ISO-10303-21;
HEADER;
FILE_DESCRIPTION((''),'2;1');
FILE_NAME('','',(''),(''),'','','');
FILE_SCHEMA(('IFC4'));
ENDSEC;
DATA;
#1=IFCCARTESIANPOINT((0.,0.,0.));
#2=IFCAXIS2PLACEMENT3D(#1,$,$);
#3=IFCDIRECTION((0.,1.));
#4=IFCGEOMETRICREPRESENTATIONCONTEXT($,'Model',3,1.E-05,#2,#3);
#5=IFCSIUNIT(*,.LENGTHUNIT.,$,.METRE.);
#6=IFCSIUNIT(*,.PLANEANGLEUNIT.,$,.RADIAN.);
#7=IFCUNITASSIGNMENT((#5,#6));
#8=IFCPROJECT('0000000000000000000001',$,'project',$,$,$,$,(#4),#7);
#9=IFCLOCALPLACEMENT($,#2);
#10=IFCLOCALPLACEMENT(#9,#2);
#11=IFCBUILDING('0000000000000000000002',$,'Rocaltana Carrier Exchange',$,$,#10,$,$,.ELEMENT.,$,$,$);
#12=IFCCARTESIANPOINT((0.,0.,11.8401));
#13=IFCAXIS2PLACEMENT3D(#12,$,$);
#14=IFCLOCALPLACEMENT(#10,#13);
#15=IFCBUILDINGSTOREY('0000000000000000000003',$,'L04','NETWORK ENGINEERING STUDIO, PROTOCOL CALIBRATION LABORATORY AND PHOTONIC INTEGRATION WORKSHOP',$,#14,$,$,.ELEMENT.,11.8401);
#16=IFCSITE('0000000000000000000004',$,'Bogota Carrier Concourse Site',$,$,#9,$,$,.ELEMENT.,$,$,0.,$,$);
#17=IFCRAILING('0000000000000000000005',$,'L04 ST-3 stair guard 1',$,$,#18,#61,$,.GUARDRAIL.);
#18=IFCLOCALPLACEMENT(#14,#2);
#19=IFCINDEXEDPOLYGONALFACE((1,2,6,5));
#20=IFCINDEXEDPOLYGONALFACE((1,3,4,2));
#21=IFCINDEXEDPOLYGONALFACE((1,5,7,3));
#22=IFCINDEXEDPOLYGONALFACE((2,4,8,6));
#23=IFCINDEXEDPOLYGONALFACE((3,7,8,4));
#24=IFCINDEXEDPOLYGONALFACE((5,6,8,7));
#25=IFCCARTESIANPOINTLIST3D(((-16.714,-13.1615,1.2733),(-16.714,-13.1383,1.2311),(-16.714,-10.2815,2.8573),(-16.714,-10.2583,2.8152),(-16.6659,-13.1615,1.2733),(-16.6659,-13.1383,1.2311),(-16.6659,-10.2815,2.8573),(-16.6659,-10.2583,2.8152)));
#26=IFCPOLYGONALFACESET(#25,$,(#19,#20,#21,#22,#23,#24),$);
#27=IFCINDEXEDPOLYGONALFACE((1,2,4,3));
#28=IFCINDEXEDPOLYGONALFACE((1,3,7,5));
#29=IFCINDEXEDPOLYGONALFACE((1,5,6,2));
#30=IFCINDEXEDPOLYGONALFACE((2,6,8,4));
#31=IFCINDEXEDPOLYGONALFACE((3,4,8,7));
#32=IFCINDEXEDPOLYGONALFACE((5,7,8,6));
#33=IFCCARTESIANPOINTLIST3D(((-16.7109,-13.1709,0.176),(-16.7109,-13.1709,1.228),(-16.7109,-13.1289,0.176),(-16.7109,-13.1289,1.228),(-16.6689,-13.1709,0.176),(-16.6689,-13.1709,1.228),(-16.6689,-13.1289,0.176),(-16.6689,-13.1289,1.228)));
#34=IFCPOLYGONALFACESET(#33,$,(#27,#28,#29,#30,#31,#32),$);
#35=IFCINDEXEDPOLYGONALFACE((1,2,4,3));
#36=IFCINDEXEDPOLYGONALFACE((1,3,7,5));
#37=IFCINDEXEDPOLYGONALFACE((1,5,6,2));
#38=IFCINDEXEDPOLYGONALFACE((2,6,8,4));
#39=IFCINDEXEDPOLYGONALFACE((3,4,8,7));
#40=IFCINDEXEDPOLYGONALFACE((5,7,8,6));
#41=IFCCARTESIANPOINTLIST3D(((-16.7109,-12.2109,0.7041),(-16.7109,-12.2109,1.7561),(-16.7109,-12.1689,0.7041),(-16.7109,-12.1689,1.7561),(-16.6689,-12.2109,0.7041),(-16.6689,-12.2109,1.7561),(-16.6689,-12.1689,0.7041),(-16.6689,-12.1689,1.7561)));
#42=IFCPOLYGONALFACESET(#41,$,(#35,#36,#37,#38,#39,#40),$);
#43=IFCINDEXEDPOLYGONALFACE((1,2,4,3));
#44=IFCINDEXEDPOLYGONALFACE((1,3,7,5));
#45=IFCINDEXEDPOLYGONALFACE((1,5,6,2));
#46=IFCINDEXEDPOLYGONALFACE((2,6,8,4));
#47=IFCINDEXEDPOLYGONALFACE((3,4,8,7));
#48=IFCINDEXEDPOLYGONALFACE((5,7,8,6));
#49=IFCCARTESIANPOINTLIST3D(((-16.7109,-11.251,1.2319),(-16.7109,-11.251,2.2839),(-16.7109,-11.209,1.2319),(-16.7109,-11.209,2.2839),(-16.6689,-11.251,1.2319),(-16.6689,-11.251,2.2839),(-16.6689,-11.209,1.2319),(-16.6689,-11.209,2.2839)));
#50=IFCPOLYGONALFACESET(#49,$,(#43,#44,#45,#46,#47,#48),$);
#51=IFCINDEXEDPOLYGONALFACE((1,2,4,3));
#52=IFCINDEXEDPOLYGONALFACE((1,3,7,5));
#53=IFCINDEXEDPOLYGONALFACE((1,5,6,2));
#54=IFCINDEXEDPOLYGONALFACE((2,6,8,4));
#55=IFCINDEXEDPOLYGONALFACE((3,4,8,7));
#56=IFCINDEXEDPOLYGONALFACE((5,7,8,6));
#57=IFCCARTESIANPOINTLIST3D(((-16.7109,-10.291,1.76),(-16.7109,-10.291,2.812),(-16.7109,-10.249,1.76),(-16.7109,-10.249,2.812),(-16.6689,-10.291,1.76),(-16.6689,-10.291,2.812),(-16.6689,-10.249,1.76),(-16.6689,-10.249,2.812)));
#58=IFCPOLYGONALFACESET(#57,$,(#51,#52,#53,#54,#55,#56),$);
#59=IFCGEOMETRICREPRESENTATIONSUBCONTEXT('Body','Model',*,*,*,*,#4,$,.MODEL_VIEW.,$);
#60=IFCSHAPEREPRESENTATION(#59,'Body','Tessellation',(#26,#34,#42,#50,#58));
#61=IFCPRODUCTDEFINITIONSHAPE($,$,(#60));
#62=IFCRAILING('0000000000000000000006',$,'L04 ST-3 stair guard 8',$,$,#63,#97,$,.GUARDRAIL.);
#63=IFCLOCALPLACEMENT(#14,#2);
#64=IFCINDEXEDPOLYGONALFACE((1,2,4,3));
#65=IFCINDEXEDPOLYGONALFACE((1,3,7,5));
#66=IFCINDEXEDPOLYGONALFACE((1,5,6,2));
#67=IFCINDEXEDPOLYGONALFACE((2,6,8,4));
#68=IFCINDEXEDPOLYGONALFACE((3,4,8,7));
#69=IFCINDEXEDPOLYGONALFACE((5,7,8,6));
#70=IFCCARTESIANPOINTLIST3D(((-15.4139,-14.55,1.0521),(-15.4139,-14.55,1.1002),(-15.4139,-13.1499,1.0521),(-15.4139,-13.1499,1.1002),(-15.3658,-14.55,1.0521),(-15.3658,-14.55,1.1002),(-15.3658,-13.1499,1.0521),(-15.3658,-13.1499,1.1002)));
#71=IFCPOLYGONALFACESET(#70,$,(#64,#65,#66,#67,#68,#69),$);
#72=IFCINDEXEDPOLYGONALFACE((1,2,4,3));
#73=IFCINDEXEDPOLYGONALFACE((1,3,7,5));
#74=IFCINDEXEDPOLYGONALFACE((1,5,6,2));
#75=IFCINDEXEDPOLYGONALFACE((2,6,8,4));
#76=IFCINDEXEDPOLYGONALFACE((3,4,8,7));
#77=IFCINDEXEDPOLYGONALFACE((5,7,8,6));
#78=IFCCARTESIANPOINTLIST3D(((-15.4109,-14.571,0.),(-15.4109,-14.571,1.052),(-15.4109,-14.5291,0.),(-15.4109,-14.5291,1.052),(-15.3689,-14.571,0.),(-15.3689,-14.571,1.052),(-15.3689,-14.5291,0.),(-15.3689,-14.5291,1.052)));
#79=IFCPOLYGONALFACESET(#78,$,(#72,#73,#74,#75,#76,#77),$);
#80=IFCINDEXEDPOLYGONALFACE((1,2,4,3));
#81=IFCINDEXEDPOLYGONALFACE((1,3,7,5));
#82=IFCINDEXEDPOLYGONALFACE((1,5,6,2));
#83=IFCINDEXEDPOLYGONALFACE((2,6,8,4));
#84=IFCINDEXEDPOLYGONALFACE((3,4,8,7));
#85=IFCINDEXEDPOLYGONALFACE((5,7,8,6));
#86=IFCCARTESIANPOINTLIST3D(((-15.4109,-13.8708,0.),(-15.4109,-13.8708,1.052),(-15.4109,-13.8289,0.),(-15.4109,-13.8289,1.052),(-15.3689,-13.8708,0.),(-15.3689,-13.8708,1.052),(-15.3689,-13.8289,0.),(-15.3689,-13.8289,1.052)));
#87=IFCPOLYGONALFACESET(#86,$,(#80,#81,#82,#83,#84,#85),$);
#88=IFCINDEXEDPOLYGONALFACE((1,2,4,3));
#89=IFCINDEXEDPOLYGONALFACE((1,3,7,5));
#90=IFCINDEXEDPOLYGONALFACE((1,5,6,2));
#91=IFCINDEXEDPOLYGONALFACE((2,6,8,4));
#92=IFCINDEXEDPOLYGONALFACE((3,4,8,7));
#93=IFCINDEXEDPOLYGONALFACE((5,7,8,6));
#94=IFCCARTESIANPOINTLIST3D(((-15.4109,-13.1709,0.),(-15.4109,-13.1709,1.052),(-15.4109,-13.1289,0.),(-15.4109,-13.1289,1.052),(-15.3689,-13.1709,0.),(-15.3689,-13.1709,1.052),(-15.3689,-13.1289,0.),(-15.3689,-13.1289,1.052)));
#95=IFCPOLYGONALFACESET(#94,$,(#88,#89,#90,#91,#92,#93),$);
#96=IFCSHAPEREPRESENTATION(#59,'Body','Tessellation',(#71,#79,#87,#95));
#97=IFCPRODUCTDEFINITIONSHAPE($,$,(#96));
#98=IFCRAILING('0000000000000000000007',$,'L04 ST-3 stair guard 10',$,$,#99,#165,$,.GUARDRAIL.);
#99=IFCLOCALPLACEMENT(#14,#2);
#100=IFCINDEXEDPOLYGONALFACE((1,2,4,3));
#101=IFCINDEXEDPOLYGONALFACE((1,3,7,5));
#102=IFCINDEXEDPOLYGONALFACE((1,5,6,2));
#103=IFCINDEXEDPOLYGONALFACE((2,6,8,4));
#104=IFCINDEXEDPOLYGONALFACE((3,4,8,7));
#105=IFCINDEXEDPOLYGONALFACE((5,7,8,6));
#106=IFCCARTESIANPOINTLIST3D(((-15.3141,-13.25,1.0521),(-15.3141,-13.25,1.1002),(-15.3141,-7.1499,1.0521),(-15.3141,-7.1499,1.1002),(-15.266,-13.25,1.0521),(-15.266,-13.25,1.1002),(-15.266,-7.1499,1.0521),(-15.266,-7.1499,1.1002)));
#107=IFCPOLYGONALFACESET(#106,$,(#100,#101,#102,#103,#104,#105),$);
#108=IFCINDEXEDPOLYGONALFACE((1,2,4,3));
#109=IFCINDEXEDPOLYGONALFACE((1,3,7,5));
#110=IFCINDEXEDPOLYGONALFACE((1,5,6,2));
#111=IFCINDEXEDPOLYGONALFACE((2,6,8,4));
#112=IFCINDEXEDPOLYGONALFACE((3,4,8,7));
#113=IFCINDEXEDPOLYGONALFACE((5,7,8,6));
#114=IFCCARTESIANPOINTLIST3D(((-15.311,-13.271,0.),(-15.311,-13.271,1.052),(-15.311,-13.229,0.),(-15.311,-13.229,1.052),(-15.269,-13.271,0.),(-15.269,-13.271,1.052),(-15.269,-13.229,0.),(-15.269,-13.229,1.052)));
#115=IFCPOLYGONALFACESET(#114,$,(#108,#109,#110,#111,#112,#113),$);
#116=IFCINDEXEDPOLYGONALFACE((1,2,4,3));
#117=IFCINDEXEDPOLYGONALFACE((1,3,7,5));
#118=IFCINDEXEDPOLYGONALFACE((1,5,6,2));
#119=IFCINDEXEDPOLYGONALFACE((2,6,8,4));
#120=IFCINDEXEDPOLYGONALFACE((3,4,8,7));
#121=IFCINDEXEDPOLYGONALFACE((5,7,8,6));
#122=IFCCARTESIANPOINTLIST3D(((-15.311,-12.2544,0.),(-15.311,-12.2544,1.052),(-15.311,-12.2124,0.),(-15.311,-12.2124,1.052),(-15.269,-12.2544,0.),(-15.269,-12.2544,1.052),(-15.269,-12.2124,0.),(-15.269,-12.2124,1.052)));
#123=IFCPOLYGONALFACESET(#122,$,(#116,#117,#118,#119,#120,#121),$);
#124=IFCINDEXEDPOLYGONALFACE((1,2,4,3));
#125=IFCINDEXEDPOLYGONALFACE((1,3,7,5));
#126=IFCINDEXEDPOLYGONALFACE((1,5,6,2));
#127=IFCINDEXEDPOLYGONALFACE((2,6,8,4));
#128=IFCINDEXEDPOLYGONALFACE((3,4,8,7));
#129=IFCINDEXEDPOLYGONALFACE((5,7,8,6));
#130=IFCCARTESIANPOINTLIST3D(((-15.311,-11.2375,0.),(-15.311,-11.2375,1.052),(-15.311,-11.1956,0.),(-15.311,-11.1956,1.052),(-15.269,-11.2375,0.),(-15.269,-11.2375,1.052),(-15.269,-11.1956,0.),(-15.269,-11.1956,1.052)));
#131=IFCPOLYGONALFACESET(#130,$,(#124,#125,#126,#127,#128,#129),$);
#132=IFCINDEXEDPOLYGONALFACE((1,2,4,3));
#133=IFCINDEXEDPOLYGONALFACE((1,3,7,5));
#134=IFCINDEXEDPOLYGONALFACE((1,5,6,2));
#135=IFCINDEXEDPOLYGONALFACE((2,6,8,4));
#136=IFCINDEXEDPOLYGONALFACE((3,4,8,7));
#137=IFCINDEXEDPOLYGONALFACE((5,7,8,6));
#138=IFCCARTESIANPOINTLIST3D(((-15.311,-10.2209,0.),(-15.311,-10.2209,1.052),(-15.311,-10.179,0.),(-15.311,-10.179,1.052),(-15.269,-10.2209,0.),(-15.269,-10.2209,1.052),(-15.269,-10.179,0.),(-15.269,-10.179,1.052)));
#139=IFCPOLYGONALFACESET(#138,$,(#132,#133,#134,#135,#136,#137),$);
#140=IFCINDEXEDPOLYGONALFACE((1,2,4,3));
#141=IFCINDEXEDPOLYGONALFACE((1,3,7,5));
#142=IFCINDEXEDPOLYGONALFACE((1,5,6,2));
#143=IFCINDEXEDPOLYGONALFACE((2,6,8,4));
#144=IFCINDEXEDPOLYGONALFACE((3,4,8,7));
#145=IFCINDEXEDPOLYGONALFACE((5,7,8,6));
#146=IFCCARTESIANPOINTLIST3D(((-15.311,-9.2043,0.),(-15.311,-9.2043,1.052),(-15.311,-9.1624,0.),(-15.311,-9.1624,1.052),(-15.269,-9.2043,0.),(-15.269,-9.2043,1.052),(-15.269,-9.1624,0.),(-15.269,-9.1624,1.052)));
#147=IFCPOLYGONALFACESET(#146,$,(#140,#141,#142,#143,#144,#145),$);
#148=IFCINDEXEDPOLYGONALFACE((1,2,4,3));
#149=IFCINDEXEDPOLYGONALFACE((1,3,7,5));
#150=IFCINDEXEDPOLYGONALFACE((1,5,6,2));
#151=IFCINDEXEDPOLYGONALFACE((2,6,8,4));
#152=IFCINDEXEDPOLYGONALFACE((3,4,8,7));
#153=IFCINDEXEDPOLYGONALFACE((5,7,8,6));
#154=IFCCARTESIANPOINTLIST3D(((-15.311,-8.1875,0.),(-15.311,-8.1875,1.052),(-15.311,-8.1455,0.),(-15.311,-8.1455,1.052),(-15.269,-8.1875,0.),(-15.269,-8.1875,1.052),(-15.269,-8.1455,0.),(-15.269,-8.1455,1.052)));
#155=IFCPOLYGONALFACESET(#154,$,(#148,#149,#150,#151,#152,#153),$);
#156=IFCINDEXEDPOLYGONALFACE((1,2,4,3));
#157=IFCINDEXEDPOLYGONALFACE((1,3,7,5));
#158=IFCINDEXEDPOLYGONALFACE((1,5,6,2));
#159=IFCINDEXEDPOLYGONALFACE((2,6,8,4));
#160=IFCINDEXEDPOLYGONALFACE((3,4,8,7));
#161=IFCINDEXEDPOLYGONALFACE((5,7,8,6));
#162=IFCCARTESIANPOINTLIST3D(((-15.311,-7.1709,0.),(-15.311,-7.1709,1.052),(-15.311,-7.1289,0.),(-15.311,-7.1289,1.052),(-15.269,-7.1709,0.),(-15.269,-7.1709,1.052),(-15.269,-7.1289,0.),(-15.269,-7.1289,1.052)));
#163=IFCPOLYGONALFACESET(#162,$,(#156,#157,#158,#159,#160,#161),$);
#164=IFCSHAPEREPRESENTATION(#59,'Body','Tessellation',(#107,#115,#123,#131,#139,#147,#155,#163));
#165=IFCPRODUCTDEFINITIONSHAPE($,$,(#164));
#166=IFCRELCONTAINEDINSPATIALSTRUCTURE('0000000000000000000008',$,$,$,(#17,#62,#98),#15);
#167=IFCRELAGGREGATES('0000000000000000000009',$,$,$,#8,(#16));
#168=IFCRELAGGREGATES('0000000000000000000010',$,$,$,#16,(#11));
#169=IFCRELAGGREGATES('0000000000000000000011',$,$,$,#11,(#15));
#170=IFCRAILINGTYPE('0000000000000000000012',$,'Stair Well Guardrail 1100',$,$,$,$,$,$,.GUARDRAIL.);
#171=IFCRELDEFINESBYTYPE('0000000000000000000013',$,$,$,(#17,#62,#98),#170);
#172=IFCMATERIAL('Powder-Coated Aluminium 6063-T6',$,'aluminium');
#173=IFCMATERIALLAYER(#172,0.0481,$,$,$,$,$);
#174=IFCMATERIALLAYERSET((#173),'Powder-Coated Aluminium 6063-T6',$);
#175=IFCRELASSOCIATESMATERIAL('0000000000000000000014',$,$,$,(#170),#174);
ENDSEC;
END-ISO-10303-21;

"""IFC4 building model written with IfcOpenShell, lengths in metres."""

from ifc_helpers import new_model, si_unit, direction, frame, origin, origin_2d, place, context, subcontext, project, spatial, rectangle, extrude, material, layer, layer_set, type_object, element, save


model = new_model("IFC4")

# Units and contexts
model_context = context("Model", 3, precision=1e-05, world=origin(), true_north=direction((0.0, 1.0)))
body_context = subcontext(model_context, "Body", "Model", "MODEL_VIEW")
ifc_project = project(units=[si_unit("LENGTHUNIT", "METRE"), si_unit("PLANEANGLEUNIT", "RADIAN")], contexts=[model_context])

# Site, building, storey
site_placement = place(None, origin())
site = spatial("IfcSite", under=ifc_project, at=site_placement, Name="Bogota Carrier Concourse Site", CompositionType="ELEMENT", RefElevation=0.0)
building_placement = place(site_placement, origin())
building = spatial("IfcBuilding", under=site, at=building_placement, Name="Rocaltana Carrier Exchange", CompositionType="ELEMENT")
storey_placement = place(building_placement, frame((0.0, 0.0, 11.8401)))
storey = spatial("IfcBuildingStorey", under=building, at=storey_placement, Name="L04", Description="NETWORK ENGINEERING STUDIO, PROTOCOL CALIBRATION LABORATORY AND PHOTONIC INTEGRATION WORKSHOP", CompositionType="ELEMENT", Elevation=11.8401)

# Railings
ifc_material_1 = material(Name="Powder-Coated Aluminium 6063-T6", Category="aluminium")
ifc_layer_1 = layer(ifc_material_1, 0.0481)
ifc_layer_set_1 = layer_set([ifc_layer_1], Name="Powder-Coated Aluminium 6063-T6")
railing_type = type_object("IfcRailingType", Name="Stair Well Guardrail 1100", PredefinedType="GUARDRAIL", material=ifc_layer_set_1)
railing_1_placement = place(storey_placement, frame((-16.6899, -13.1499, 0.176)))
element("IfcRailing", 1, at=railing_1_placement, inside=storey, type_object=railing_type, Name="L04 ST-3 stair guard 1", PredefinedType="GUARDRAIL", context=body_context, shape_type="SweptSolid", body=[
    extrude(rectangle(XDim=0.0481, YDim=0.0481, at=origin_2d()), frame((0.0, 0.0, 1.0762), z_axis=(0.0, 0.87621, 0.48193), x_axis=(-1.0, 0.0, 0.0)), (0.0, 0.0, 1.0), 3.2869),
    extrude(rectangle(XDim=0.042, YDim=0.042, at=origin_2d()), origin(), (0.0, 0.0, 1.0), 1.052),
    extrude(rectangle(XDim=0.042, YDim=0.042, at=origin_2d()), frame((0.0, 0.96, 0.5281)), (0.0, 0.0, 1.0), 1.052),
    extrude(rectangle(XDim=0.042, YDim=0.042, at=origin_2d()), frame((0.0, 1.9199, 1.0559)), (0.0, 0.0, 1.0), 1.052),
    extrude(rectangle(XDim=0.042, YDim=0.042, at=origin_2d()), frame((0.0, 2.8799, 1.584)), (0.0, 0.0, 1.0), 1.052),
])
railing_2_placement = place(storey_placement, frame((-15.3899, -14.55, 0.0)))
element("IfcRailing", 2, at=railing_2_placement, inside=storey, type_object=railing_type, Name="L04 ST-3 stair guard 8", PredefinedType="GUARDRAIL", context=body_context, shape_type="SweptSolid", body=[
    extrude(rectangle(XDim=0.0481, YDim=0.0481, at=origin_2d()), frame((0.0, 0.0, 1.0762), z_axis=(0.0, 1.0, 0.0), x_axis=(-1.0, 0.0, 0.0)), (0.0, 0.0, 1.0), 1.4001),
    extrude(rectangle(XDim=0.042, YDim=0.042, at=origin_2d()), origin(), (0.0, 0.0, 1.0), 1.052),
    extrude(rectangle(XDim=0.042, YDim=0.042, at=origin_2d()), frame((0.0, 0.7002, 0.0)), (0.0, 0.0, 1.0), 1.052),
    extrude(rectangle(XDim=0.042, YDim=0.042, at=origin_2d()), frame((0.0, 1.4001, 0.0)), (0.0, 0.0, 1.0), 1.052),
])
railing_3_placement = place(storey_placement, frame((-15.29, -13.25, 0.0)))
element("IfcRailing", 3, at=railing_3_placement, inside=storey, type_object=railing_type, Name="L04 ST-3 stair guard 10", PredefinedType="GUARDRAIL", context=body_context, shape_type="SweptSolid", body=[
    extrude(rectangle(XDim=0.0481, YDim=0.0481, at=origin_2d()), frame((0.0, 0.0, 1.0762), z_axis=(0.0, 1.0, 0.0), x_axis=(-1.0, 0.0, 0.0)), (0.0, 0.0, 1.0), 6.1001),
    extrude(rectangle(XDim=0.042, YDim=0.042, at=origin_2d()), origin(), (0.0, 0.0, 1.0), 1.052),
    extrude(rectangle(XDim=0.042, YDim=0.042, at=origin_2d()), frame((0.0, 1.0166, 0.0)), (0.0, 0.0, 1.0), 1.052),
    extrude(rectangle(XDim=0.042, YDim=0.042, at=origin_2d()), frame((0.0, 2.0334, 0.0)), (0.0, 0.0, 1.0), 1.052),
    extrude(rectangle(XDim=0.042, YDim=0.042, at=origin_2d()), frame((0.0, 3.05, 0.0)), (0.0, 0.0, 1.0), 1.052),
    extrude(rectangle(XDim=0.042, YDim=0.042, at=origin_2d()), frame((0.0, 4.0667, 0.0)), (0.0, 0.0, 1.0), 1.052),
    extrude(rectangle(XDim=0.042, YDim=0.042, at=origin_2d()), frame((0.0, 5.0835, 0.0)), (0.0, 0.0, 1.0), 1.052),
    extrude(rectangle(XDim=0.042, YDim=0.042, at=origin_2d()), frame((0.0, 6.1001, 0.0)), (0.0, 0.0, 1.0), 1.052),
])

save(model, "model.ifc")
